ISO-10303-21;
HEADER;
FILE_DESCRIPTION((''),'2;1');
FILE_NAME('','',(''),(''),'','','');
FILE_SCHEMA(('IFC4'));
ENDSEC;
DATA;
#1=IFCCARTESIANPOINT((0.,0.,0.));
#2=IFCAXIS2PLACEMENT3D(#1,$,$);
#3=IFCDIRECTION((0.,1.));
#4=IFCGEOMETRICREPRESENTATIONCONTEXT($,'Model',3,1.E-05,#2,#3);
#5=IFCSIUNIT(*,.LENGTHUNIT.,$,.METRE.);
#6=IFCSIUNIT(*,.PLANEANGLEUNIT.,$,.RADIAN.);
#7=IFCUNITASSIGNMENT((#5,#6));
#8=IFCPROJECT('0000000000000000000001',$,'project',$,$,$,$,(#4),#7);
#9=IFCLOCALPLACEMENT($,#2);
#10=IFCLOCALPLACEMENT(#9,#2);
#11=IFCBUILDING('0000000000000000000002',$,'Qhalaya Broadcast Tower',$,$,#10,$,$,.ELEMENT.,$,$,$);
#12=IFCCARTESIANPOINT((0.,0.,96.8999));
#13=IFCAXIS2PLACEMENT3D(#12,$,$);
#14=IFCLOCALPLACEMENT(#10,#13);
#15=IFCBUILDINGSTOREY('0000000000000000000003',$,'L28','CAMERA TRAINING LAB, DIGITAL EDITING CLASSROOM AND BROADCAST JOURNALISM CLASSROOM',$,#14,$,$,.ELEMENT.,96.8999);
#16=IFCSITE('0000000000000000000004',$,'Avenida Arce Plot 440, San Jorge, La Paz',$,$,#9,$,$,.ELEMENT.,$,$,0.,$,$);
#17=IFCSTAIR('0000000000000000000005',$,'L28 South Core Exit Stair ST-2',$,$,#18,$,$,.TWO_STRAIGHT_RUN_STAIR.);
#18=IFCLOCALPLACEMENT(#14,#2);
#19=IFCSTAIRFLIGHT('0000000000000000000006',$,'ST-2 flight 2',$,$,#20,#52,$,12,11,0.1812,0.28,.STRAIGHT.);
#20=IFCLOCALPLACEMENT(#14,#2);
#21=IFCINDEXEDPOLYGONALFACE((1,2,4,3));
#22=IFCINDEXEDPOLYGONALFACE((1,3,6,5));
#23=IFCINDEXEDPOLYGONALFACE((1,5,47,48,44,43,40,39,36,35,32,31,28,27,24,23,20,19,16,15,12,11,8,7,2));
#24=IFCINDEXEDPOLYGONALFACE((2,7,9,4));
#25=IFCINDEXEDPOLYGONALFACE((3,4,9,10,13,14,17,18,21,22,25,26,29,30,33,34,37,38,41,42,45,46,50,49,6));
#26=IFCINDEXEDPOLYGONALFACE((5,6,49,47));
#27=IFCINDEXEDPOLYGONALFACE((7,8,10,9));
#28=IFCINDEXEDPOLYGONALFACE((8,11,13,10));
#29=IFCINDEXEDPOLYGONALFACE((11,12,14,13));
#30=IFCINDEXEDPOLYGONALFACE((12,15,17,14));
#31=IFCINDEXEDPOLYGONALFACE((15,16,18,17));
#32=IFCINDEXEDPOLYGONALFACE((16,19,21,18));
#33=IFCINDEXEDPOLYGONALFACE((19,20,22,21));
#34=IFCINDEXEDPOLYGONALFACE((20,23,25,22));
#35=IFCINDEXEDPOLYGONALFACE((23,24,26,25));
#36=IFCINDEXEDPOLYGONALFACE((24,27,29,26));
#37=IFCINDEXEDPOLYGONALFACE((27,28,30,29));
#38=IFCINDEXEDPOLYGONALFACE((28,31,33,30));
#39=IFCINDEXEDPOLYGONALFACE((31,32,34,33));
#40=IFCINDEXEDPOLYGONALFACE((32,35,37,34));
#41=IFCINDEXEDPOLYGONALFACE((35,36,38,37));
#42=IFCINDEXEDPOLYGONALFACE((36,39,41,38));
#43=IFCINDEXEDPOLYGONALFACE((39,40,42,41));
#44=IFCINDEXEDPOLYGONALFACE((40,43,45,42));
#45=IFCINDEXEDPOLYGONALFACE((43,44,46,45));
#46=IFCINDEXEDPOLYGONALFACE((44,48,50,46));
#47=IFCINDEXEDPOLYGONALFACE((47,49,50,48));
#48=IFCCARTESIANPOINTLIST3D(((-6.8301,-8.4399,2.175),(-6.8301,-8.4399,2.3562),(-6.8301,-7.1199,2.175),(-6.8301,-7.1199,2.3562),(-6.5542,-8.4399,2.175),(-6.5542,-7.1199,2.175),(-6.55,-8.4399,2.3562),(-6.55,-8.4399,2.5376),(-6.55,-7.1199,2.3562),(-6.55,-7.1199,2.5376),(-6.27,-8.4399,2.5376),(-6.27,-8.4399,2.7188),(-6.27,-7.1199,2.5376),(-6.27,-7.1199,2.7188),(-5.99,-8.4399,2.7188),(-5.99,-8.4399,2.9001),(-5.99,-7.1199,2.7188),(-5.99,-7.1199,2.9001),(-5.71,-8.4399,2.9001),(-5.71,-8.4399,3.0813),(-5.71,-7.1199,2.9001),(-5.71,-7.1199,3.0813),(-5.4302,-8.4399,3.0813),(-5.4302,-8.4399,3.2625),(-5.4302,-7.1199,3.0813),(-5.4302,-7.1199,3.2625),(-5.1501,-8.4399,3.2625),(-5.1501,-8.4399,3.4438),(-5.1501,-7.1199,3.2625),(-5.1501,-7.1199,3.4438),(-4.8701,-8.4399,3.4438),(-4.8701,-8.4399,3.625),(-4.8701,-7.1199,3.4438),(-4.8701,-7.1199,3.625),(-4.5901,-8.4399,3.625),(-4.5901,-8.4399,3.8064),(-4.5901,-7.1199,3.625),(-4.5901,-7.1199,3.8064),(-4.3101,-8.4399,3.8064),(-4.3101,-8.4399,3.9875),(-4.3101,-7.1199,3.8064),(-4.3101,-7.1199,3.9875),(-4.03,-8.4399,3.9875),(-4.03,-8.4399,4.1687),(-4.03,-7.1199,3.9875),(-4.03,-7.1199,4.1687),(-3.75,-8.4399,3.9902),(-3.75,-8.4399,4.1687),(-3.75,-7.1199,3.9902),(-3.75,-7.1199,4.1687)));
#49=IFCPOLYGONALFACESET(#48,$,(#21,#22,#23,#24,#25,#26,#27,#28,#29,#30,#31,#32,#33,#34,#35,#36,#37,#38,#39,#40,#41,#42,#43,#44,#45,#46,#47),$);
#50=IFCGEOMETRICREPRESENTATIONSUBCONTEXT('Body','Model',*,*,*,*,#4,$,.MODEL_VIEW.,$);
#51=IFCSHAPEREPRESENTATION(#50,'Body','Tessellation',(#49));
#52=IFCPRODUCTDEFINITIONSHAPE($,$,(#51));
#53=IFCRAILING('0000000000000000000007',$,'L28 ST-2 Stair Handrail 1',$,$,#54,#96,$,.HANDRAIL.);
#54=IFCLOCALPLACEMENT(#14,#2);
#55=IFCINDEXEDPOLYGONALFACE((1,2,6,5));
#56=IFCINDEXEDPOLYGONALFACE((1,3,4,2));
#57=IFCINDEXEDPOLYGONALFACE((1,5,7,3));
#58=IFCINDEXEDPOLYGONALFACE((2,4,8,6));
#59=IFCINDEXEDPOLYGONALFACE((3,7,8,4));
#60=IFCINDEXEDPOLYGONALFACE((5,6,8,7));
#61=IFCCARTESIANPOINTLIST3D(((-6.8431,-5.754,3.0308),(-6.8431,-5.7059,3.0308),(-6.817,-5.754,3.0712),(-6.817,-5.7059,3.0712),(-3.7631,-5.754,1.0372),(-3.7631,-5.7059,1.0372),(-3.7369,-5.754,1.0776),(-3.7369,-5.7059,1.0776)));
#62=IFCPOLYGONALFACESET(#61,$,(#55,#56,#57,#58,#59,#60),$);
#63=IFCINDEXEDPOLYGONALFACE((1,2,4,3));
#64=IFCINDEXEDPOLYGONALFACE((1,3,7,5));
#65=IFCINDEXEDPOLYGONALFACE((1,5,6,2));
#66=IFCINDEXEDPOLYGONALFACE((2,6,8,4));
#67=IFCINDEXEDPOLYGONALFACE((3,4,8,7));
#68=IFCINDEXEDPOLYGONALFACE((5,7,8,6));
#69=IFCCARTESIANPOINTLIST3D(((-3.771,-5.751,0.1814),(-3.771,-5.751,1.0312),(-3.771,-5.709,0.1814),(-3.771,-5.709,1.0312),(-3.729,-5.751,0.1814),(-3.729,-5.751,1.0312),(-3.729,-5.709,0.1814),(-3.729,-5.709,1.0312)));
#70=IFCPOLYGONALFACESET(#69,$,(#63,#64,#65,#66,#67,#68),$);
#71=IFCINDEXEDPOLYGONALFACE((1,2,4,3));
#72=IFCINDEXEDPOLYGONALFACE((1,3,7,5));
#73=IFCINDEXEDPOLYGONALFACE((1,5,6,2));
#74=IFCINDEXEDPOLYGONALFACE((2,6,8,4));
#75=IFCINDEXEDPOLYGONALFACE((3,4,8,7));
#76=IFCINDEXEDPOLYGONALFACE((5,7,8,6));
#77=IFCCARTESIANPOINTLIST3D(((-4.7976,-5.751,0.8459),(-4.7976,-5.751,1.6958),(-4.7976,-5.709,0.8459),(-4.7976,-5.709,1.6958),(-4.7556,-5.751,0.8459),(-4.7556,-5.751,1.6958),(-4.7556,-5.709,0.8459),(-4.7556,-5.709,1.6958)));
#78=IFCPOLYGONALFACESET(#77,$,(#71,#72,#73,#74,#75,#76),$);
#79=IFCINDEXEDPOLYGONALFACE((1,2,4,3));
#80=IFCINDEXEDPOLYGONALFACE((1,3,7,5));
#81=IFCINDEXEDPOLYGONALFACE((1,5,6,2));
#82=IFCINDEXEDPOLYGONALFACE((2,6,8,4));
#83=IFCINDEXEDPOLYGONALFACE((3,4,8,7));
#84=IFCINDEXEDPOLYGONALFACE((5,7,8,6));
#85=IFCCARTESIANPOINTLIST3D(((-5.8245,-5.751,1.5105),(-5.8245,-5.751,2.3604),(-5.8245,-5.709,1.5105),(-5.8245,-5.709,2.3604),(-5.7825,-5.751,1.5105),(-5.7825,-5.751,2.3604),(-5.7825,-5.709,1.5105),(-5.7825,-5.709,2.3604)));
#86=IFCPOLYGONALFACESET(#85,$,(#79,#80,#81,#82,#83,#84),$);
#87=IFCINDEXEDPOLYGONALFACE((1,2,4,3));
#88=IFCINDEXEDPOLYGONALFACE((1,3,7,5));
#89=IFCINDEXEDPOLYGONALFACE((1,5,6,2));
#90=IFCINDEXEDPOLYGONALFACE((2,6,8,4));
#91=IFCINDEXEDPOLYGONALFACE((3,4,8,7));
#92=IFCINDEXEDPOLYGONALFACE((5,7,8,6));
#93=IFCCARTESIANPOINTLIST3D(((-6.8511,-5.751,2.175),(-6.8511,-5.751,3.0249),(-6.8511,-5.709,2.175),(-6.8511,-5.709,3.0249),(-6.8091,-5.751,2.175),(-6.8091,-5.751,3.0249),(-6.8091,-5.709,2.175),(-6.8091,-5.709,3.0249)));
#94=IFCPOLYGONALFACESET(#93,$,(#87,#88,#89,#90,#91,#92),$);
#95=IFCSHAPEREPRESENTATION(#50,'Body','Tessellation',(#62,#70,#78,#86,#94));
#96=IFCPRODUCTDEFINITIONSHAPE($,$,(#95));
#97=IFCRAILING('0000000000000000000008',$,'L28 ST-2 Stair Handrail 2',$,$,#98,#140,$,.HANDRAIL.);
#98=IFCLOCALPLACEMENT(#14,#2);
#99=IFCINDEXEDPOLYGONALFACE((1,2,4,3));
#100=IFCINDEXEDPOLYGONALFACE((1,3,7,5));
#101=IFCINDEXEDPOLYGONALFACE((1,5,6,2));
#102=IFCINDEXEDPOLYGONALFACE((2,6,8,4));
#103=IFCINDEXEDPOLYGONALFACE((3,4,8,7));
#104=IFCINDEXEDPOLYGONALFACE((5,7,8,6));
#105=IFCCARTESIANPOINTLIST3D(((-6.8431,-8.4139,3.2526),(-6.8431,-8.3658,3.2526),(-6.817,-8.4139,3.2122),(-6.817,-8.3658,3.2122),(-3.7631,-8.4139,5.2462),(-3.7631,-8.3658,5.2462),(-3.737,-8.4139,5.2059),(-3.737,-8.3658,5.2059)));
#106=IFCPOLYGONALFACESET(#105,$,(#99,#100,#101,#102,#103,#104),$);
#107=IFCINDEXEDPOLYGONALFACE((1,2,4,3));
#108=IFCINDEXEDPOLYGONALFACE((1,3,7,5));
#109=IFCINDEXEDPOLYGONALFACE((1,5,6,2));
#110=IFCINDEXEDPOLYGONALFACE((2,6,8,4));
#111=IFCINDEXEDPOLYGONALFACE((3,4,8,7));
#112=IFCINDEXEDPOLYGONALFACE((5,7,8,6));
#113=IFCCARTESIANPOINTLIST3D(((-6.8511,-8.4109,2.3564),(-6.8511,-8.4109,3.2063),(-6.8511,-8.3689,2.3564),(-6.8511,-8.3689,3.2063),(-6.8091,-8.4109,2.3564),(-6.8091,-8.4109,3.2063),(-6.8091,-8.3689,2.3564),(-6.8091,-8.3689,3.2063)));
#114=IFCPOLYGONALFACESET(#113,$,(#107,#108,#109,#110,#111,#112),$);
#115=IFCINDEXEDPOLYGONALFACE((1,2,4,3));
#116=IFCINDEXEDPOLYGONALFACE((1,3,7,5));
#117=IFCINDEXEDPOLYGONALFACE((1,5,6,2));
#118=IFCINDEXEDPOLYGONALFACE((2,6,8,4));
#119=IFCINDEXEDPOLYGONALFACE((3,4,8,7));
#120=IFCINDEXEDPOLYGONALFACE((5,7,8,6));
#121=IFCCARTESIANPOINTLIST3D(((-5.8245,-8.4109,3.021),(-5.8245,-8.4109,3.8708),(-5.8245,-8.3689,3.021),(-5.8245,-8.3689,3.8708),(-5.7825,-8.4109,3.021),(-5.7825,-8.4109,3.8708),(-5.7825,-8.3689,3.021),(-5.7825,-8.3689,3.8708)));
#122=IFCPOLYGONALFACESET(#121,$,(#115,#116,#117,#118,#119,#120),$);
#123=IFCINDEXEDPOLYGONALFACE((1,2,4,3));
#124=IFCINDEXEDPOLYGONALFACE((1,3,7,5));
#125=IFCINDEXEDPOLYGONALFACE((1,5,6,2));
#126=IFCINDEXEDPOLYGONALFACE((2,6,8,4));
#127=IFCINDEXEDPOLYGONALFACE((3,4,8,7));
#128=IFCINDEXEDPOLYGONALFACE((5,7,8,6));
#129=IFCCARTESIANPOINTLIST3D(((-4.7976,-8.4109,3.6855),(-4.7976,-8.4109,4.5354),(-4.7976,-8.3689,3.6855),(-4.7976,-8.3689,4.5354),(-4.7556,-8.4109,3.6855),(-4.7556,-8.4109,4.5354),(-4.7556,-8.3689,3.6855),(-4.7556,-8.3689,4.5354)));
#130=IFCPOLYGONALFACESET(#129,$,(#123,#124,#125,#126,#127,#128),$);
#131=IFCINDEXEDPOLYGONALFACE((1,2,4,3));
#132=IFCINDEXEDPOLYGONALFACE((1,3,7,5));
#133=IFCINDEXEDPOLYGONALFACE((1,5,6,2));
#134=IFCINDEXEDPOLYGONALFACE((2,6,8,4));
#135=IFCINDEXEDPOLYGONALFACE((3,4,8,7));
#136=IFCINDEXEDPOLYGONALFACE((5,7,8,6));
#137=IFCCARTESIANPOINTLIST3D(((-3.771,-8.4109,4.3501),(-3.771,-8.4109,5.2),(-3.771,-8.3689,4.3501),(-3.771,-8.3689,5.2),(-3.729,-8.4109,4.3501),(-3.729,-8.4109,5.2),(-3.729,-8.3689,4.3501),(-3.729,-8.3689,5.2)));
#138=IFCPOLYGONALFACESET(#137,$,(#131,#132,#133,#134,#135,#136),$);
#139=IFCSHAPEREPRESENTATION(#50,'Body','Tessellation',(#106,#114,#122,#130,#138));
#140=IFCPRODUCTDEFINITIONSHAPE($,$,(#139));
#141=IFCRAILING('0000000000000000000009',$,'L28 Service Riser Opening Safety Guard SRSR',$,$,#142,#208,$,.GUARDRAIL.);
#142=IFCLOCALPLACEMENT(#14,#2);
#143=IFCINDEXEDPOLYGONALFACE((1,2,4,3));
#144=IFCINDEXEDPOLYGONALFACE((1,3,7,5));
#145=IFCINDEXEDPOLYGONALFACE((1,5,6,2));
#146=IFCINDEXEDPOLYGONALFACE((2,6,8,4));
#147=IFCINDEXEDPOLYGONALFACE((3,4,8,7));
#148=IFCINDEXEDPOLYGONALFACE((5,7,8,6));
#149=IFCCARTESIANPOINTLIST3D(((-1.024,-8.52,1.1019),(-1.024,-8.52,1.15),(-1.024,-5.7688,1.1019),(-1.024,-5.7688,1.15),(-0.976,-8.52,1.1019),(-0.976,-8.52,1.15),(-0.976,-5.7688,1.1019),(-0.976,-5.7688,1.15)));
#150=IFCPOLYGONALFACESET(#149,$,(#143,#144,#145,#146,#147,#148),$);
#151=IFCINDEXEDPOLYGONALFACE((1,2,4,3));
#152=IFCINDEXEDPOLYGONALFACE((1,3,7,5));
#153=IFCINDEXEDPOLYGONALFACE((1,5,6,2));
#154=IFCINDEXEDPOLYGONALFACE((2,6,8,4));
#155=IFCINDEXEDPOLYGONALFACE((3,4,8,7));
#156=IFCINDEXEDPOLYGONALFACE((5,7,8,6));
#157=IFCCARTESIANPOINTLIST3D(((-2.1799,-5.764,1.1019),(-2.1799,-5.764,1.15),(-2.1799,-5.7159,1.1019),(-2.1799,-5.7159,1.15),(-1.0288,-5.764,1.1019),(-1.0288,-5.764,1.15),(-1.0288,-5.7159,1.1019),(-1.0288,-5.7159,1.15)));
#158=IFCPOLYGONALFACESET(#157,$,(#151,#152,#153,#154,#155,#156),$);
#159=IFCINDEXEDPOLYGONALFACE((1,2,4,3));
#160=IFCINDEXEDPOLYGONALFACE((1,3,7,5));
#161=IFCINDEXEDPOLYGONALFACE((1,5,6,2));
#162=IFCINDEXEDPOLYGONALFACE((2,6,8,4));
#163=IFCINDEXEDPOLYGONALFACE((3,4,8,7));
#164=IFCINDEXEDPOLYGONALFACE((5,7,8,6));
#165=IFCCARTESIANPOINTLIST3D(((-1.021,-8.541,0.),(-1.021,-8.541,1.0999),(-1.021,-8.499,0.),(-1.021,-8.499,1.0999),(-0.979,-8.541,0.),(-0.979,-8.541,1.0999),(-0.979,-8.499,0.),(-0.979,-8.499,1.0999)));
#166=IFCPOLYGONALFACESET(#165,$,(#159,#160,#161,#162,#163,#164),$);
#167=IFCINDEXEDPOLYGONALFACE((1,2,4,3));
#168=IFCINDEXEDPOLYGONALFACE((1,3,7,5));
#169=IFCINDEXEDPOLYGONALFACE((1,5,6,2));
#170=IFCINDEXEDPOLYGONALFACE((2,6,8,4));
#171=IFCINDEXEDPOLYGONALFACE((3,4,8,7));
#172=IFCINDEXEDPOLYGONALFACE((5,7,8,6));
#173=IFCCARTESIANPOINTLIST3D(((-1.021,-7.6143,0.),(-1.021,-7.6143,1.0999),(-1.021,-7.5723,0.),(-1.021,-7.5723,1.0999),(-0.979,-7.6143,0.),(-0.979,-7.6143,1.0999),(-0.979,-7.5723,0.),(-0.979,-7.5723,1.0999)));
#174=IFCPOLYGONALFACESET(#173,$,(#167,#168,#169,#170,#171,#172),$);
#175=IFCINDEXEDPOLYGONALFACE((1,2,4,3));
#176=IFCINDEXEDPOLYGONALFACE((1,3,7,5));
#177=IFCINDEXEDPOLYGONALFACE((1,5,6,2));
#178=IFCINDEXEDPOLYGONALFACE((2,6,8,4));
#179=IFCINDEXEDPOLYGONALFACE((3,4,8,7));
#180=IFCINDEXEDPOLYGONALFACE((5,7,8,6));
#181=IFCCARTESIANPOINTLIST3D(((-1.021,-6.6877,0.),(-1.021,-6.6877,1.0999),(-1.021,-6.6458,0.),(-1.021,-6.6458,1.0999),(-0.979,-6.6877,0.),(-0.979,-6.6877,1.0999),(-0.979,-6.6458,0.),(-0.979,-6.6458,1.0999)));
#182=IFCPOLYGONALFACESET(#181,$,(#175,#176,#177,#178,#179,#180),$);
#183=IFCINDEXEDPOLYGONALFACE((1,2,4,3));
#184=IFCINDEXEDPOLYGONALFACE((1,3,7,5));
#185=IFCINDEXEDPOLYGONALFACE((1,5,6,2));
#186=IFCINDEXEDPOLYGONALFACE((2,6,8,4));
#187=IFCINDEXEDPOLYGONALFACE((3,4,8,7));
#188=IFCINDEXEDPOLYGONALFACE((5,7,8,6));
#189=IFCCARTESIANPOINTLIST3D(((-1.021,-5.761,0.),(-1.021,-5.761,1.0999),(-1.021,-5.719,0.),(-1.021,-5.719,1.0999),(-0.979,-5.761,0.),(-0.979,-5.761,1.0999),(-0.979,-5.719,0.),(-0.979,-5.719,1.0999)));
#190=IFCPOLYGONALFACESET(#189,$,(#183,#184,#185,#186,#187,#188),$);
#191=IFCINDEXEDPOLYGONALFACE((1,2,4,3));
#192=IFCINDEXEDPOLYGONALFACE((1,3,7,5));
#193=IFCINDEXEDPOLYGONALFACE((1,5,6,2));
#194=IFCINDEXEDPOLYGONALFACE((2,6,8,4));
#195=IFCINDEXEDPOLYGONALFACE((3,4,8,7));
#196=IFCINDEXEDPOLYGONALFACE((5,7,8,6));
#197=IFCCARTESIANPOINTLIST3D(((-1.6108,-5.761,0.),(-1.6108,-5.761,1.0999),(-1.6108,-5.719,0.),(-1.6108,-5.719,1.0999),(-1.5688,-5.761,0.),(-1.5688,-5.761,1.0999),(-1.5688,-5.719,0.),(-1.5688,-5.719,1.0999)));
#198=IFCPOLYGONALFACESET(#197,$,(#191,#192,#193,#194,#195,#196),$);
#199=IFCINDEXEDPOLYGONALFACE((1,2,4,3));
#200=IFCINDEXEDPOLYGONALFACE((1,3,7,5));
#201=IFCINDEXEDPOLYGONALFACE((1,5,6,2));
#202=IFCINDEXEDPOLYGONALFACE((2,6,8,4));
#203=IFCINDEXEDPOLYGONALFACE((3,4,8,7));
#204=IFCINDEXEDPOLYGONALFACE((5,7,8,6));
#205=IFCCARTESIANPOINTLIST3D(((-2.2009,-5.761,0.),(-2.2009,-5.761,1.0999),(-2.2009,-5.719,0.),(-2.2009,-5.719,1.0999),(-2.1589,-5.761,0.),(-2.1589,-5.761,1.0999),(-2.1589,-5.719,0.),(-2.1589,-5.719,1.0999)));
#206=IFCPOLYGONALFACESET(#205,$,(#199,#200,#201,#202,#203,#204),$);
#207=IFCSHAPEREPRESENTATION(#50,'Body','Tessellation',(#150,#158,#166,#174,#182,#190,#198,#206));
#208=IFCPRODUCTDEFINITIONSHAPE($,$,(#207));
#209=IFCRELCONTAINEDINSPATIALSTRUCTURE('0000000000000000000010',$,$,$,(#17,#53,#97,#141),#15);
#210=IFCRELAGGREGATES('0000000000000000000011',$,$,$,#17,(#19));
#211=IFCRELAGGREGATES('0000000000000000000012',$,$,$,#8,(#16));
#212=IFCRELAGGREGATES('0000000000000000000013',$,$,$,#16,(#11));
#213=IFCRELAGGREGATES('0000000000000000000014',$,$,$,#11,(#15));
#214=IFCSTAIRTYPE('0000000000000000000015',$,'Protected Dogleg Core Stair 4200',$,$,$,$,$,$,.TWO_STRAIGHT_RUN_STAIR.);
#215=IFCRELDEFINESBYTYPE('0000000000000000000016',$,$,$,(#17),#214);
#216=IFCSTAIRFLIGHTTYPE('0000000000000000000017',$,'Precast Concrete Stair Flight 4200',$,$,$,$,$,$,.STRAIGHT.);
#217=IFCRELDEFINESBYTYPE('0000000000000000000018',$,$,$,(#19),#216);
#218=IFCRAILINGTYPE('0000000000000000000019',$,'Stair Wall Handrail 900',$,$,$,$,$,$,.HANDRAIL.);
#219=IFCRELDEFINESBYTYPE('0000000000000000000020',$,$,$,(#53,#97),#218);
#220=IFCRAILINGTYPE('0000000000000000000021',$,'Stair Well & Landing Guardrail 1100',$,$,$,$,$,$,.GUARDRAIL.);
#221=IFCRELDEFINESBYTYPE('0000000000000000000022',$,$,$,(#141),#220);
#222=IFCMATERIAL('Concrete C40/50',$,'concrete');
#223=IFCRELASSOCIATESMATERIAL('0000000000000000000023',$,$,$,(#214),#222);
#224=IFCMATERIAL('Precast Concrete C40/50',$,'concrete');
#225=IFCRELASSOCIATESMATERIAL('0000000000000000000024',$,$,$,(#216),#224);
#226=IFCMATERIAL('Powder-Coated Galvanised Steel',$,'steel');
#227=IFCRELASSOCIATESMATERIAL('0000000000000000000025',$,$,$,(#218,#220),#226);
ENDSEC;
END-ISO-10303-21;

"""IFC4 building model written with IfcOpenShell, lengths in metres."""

from ifc_helpers import new_model, si_unit, direction, frame, origin, origin_2d, place, context, subcontext, project, spatial, polyline, rectangle, outline, extrude, material, type_object, element, aggregate, save


model = new_model("IFC4")

# Units and contexts
model_context = context("Model", 3, precision=1e-05, world=origin(), true_north=direction((0.0, 1.0)))
body_context = subcontext(model_context, "Body", "Model", "MODEL_VIEW")
ifc_project = project(units=[si_unit("LENGTHUNIT", "METRE"), si_unit("PLANEANGLEUNIT", "RADIAN")], contexts=[model_context])

# Site, building, storey
site_placement = place(None, origin())
site = spatial("IfcSite", under=ifc_project, at=site_placement, Name="Avenida Arce Plot 440, San Jorge, La Paz", CompositionType="ELEMENT", RefElevation=0.0)
building_placement = place(site_placement, origin())
building = spatial("IfcBuilding", under=site, at=building_placement, Name="Qhalaya Broadcast Tower", CompositionType="ELEMENT")
storey_placement = place(building_placement, frame((0.0, 0.0, 96.8999)))
storey = spatial("IfcBuildingStorey", under=building, at=storey_placement, Name="L28", Description="CAMERA TRAINING LAB, DIGITAL EDITING CLASSROOM AND BROADCAST JOURNALISM CLASSROOM", CompositionType="ELEMENT", Elevation=96.8999)

# Stair, stair flight
ifc_material_1 = material(Name="Concrete C40/50", Category="concrete")
stair_type = type_object("IfcStairType", Name="Protected Dogleg Core Stair 4200", PredefinedType="TWO_STRAIGHT_RUN_STAIR", material=ifc_material_1)
stair_placement = place(storey_placement, origin())
stair = element("IfcStair", 1, at=stair_placement, inside=storey, type_object=stair_type, Name="L28 South Core Exit Stair ST-2", PredefinedType="TWO_STRAIGHT_RUN_STAIR")
ifc_material_2 = material(Name="Precast Concrete C40/50", Category="concrete")
stair_flight_type = type_object("IfcStairFlightType", Name="Precast Concrete Stair Flight 4200", PredefinedType="STRAIGHT", material=ifc_material_2)
stair_flight_1_placement = place(storey_placement, frame((-6.8301, -7.78, 2.175), z_axis=(0.0, 0.0, 1.0), x_axis=(1.0, 0.0, 0.0)))
stair_flight_1 = element("IfcStairFlight", 2, at=stair_flight_1_placement, type_object=stair_flight_type, Name="ST-2 flight 2", NumberOfRisers=12, NumberOfTreads=11, PredefinedType="STRAIGHT", RiserHeight=0.1812, TreadLength=0.28, context=body_context, shape_type="SweptSolid", body=[
    extrude(outline(polyline([(0.0, 0.0), (0.0, 0.1812), (0.28, 0.1812), (0.28, 0.3625), (0.5601, 0.3625), (0.5601, 0.5437), (0.8401, 0.5437), (0.8401, 0.7251), (1.1201, 0.7251), (1.1201, 0.9062), (1.3999, 0.9062), (1.3999, 1.0874), (1.6799, 1.0874), (1.6799, 1.2688), (1.96, 1.2688), (1.96, 1.45), (2.24, 1.45), (2.24, 1.6313), (2.52, 1.6313), (2.52, 1.8125), (2.8, 1.8125), (2.8, 1.9937), (3.0801, 1.9937), (3.0801, 2.175), (3.0801, 1.8152), (0.2759, 0.0), (0.0, 0.0)])), frame((0.0, 0.6602, 0.0), z_axis=(0.0, -1.0, 0.0), x_axis=(1.0, 0.0, 0.0)), (0.0, 0.0, 1.0), 1.3201),
])
aggregate(stair, [stair_flight_1])

# Railings
ifc_material_3 = material(Name="Powder-Coated Galvanised Steel", Category="steel")
railing_type_1 = type_object("IfcRailingType", Name="Stair Wall Handrail 900", PredefinedType="HANDRAIL", material=ifc_material_3)
railing_1_placement = place(storey_placement, frame((-3.75, -5.73, 0.1814)))
element("IfcRailing", 3, at=railing_1_placement, inside=storey, type_object=railing_type_1, Name="L28 ST-2 Stair Handrail 1", PredefinedType="HANDRAIL", context=body_context, shape_type="SweptSolid", body=[
    extrude(rectangle(XDim=0.0481, YDim=0.0481, at=origin_2d()), frame((0.0, 0.0, 0.876), z_axis=(-0.839488, 0.0, 0.543378), x_axis=(0.0, -1.0, 0.0)), (0.0, 0.0, 1.0), 3.6689),
    extrude(rectangle(XDim=0.042, YDim=0.042, at=origin_2d()), origin(), (0.0, 0.0, 1.0), 0.8499),
    extrude(rectangle(XDim=0.042, YDim=0.042, at=origin_2d()), frame((-1.0266, 0.0, 0.6646)), (0.0, 0.0, 1.0), 0.8499),
    extrude(rectangle(XDim=0.042, YDim=0.042, at=origin_2d()), frame((-2.0535, 0.0, 1.3291)), (0.0, 0.0, 1.0), 0.8499),
    extrude(rectangle(XDim=0.042, YDim=0.042, at=origin_2d()), frame((-3.0801, 0.0, 1.9937)), (0.0, 0.0, 1.0), 0.8499),
])
railing_2_placement = place(storey_placement, frame((-6.8301, -8.3899, 2.3564)))
element("IfcRailing", 4, at=railing_2_placement, inside=storey, type_object=railing_type_1, Name="L28 ST-2 Stair Handrail 2", PredefinedType="HANDRAIL", context=body_context, shape_type="SweptSolid", body=[
    extrude(rectangle(XDim=0.0481, YDim=0.0481, at=origin_2d()), frame((0.0, 0.0, 0.876), z_axis=(0.839488, 0.0, 0.543378), x_axis=(0.0, 1.0, 0.0)), (0.0, 0.0, 1.0), 3.6689),
    extrude(rectangle(XDim=0.042, YDim=0.042, at=origin_2d()), origin(), (0.0, 0.0, 1.0), 0.8499),
    extrude(rectangle(XDim=0.042, YDim=0.042, at=origin_2d()), frame((1.0266, 0.0, 0.6646)), (0.0, 0.0, 1.0), 0.8499),
    extrude(rectangle(XDim=0.042, YDim=0.042, at=origin_2d()), frame((2.0535, 0.0, 1.3291)), (0.0, 0.0, 1.0), 0.8499),
    extrude(rectangle(XDim=0.042, YDim=0.042, at=origin_2d()), frame((3.0801, 0.0, 1.9937)), (0.0, 0.0, 1.0), 0.8499),
])
railing_type_2 = type_object("IfcRailingType", Name="Stair Well & Landing Guardrail 1100", PredefinedType="GUARDRAIL", material=ifc_material_3)
railing_3_placement = place(storey_placement, frame((-1.0, -8.52, 0.0)))
element("IfcRailing", 5, at=railing_3_placement, inside=storey, type_object=railing_type_2, Name="L28 Service Riser Opening Safety Guard SRSR", PredefinedType="GUARDRAIL", context=body_context, shape_type="SweptSolid", body=[
    extrude(rectangle(XDim=0.0481, YDim=0.0481, at=origin_2d()), frame((0.0, 0.0, 1.126), z_axis=(0.0, 1.0, 0.0), x_axis=(-1.0, 0.0, 0.0)), (0.0, 0.0, 1.0), 2.7512),
    extrude(rectangle(XDim=0.0481, YDim=0.0481, at=origin_2d()), frame((-0.0288, 2.78, 1.126), z_axis=(-1.0, 0.0, 0.0), x_axis=(0.0, -1.0, 0.0)), (0.0, 0.0, 1.0), 1.1511),
    extrude(rectangle(XDim=0.042, YDim=0.042, at=origin_2d()), origin(), (0.0, 0.0, 1.0), 1.0999),
    extrude(rectangle(XDim=0.042, YDim=0.042, at=origin_2d()), frame((0.0, 0.9268, 0.0)), (0.0, 0.0, 1.0), 1.0999),
    extrude(rectangle(XDim=0.042, YDim=0.042, at=origin_2d()), frame((0.0, 1.8533, 0.0)), (0.0, 0.0, 1.0), 1.0999),
    extrude(rectangle(XDim=0.042, YDim=0.042, at=origin_2d()), frame((0.0, 2.78, 0.0)), (0.0, 0.0, 1.0), 1.0999),
    extrude(rectangle(XDim=0.042, YDim=0.042, at=origin_2d()), frame((-0.5898, 2.78, 0.0)), (0.0, 0.0, 1.0), 1.0999),
    extrude(rectangle(XDim=0.042, YDim=0.042, at=origin_2d()), frame((-1.1799, 2.78, 0.0)), (0.0, 0.0, 1.0), 1.0999),
])

save(model, "model.ifc")
